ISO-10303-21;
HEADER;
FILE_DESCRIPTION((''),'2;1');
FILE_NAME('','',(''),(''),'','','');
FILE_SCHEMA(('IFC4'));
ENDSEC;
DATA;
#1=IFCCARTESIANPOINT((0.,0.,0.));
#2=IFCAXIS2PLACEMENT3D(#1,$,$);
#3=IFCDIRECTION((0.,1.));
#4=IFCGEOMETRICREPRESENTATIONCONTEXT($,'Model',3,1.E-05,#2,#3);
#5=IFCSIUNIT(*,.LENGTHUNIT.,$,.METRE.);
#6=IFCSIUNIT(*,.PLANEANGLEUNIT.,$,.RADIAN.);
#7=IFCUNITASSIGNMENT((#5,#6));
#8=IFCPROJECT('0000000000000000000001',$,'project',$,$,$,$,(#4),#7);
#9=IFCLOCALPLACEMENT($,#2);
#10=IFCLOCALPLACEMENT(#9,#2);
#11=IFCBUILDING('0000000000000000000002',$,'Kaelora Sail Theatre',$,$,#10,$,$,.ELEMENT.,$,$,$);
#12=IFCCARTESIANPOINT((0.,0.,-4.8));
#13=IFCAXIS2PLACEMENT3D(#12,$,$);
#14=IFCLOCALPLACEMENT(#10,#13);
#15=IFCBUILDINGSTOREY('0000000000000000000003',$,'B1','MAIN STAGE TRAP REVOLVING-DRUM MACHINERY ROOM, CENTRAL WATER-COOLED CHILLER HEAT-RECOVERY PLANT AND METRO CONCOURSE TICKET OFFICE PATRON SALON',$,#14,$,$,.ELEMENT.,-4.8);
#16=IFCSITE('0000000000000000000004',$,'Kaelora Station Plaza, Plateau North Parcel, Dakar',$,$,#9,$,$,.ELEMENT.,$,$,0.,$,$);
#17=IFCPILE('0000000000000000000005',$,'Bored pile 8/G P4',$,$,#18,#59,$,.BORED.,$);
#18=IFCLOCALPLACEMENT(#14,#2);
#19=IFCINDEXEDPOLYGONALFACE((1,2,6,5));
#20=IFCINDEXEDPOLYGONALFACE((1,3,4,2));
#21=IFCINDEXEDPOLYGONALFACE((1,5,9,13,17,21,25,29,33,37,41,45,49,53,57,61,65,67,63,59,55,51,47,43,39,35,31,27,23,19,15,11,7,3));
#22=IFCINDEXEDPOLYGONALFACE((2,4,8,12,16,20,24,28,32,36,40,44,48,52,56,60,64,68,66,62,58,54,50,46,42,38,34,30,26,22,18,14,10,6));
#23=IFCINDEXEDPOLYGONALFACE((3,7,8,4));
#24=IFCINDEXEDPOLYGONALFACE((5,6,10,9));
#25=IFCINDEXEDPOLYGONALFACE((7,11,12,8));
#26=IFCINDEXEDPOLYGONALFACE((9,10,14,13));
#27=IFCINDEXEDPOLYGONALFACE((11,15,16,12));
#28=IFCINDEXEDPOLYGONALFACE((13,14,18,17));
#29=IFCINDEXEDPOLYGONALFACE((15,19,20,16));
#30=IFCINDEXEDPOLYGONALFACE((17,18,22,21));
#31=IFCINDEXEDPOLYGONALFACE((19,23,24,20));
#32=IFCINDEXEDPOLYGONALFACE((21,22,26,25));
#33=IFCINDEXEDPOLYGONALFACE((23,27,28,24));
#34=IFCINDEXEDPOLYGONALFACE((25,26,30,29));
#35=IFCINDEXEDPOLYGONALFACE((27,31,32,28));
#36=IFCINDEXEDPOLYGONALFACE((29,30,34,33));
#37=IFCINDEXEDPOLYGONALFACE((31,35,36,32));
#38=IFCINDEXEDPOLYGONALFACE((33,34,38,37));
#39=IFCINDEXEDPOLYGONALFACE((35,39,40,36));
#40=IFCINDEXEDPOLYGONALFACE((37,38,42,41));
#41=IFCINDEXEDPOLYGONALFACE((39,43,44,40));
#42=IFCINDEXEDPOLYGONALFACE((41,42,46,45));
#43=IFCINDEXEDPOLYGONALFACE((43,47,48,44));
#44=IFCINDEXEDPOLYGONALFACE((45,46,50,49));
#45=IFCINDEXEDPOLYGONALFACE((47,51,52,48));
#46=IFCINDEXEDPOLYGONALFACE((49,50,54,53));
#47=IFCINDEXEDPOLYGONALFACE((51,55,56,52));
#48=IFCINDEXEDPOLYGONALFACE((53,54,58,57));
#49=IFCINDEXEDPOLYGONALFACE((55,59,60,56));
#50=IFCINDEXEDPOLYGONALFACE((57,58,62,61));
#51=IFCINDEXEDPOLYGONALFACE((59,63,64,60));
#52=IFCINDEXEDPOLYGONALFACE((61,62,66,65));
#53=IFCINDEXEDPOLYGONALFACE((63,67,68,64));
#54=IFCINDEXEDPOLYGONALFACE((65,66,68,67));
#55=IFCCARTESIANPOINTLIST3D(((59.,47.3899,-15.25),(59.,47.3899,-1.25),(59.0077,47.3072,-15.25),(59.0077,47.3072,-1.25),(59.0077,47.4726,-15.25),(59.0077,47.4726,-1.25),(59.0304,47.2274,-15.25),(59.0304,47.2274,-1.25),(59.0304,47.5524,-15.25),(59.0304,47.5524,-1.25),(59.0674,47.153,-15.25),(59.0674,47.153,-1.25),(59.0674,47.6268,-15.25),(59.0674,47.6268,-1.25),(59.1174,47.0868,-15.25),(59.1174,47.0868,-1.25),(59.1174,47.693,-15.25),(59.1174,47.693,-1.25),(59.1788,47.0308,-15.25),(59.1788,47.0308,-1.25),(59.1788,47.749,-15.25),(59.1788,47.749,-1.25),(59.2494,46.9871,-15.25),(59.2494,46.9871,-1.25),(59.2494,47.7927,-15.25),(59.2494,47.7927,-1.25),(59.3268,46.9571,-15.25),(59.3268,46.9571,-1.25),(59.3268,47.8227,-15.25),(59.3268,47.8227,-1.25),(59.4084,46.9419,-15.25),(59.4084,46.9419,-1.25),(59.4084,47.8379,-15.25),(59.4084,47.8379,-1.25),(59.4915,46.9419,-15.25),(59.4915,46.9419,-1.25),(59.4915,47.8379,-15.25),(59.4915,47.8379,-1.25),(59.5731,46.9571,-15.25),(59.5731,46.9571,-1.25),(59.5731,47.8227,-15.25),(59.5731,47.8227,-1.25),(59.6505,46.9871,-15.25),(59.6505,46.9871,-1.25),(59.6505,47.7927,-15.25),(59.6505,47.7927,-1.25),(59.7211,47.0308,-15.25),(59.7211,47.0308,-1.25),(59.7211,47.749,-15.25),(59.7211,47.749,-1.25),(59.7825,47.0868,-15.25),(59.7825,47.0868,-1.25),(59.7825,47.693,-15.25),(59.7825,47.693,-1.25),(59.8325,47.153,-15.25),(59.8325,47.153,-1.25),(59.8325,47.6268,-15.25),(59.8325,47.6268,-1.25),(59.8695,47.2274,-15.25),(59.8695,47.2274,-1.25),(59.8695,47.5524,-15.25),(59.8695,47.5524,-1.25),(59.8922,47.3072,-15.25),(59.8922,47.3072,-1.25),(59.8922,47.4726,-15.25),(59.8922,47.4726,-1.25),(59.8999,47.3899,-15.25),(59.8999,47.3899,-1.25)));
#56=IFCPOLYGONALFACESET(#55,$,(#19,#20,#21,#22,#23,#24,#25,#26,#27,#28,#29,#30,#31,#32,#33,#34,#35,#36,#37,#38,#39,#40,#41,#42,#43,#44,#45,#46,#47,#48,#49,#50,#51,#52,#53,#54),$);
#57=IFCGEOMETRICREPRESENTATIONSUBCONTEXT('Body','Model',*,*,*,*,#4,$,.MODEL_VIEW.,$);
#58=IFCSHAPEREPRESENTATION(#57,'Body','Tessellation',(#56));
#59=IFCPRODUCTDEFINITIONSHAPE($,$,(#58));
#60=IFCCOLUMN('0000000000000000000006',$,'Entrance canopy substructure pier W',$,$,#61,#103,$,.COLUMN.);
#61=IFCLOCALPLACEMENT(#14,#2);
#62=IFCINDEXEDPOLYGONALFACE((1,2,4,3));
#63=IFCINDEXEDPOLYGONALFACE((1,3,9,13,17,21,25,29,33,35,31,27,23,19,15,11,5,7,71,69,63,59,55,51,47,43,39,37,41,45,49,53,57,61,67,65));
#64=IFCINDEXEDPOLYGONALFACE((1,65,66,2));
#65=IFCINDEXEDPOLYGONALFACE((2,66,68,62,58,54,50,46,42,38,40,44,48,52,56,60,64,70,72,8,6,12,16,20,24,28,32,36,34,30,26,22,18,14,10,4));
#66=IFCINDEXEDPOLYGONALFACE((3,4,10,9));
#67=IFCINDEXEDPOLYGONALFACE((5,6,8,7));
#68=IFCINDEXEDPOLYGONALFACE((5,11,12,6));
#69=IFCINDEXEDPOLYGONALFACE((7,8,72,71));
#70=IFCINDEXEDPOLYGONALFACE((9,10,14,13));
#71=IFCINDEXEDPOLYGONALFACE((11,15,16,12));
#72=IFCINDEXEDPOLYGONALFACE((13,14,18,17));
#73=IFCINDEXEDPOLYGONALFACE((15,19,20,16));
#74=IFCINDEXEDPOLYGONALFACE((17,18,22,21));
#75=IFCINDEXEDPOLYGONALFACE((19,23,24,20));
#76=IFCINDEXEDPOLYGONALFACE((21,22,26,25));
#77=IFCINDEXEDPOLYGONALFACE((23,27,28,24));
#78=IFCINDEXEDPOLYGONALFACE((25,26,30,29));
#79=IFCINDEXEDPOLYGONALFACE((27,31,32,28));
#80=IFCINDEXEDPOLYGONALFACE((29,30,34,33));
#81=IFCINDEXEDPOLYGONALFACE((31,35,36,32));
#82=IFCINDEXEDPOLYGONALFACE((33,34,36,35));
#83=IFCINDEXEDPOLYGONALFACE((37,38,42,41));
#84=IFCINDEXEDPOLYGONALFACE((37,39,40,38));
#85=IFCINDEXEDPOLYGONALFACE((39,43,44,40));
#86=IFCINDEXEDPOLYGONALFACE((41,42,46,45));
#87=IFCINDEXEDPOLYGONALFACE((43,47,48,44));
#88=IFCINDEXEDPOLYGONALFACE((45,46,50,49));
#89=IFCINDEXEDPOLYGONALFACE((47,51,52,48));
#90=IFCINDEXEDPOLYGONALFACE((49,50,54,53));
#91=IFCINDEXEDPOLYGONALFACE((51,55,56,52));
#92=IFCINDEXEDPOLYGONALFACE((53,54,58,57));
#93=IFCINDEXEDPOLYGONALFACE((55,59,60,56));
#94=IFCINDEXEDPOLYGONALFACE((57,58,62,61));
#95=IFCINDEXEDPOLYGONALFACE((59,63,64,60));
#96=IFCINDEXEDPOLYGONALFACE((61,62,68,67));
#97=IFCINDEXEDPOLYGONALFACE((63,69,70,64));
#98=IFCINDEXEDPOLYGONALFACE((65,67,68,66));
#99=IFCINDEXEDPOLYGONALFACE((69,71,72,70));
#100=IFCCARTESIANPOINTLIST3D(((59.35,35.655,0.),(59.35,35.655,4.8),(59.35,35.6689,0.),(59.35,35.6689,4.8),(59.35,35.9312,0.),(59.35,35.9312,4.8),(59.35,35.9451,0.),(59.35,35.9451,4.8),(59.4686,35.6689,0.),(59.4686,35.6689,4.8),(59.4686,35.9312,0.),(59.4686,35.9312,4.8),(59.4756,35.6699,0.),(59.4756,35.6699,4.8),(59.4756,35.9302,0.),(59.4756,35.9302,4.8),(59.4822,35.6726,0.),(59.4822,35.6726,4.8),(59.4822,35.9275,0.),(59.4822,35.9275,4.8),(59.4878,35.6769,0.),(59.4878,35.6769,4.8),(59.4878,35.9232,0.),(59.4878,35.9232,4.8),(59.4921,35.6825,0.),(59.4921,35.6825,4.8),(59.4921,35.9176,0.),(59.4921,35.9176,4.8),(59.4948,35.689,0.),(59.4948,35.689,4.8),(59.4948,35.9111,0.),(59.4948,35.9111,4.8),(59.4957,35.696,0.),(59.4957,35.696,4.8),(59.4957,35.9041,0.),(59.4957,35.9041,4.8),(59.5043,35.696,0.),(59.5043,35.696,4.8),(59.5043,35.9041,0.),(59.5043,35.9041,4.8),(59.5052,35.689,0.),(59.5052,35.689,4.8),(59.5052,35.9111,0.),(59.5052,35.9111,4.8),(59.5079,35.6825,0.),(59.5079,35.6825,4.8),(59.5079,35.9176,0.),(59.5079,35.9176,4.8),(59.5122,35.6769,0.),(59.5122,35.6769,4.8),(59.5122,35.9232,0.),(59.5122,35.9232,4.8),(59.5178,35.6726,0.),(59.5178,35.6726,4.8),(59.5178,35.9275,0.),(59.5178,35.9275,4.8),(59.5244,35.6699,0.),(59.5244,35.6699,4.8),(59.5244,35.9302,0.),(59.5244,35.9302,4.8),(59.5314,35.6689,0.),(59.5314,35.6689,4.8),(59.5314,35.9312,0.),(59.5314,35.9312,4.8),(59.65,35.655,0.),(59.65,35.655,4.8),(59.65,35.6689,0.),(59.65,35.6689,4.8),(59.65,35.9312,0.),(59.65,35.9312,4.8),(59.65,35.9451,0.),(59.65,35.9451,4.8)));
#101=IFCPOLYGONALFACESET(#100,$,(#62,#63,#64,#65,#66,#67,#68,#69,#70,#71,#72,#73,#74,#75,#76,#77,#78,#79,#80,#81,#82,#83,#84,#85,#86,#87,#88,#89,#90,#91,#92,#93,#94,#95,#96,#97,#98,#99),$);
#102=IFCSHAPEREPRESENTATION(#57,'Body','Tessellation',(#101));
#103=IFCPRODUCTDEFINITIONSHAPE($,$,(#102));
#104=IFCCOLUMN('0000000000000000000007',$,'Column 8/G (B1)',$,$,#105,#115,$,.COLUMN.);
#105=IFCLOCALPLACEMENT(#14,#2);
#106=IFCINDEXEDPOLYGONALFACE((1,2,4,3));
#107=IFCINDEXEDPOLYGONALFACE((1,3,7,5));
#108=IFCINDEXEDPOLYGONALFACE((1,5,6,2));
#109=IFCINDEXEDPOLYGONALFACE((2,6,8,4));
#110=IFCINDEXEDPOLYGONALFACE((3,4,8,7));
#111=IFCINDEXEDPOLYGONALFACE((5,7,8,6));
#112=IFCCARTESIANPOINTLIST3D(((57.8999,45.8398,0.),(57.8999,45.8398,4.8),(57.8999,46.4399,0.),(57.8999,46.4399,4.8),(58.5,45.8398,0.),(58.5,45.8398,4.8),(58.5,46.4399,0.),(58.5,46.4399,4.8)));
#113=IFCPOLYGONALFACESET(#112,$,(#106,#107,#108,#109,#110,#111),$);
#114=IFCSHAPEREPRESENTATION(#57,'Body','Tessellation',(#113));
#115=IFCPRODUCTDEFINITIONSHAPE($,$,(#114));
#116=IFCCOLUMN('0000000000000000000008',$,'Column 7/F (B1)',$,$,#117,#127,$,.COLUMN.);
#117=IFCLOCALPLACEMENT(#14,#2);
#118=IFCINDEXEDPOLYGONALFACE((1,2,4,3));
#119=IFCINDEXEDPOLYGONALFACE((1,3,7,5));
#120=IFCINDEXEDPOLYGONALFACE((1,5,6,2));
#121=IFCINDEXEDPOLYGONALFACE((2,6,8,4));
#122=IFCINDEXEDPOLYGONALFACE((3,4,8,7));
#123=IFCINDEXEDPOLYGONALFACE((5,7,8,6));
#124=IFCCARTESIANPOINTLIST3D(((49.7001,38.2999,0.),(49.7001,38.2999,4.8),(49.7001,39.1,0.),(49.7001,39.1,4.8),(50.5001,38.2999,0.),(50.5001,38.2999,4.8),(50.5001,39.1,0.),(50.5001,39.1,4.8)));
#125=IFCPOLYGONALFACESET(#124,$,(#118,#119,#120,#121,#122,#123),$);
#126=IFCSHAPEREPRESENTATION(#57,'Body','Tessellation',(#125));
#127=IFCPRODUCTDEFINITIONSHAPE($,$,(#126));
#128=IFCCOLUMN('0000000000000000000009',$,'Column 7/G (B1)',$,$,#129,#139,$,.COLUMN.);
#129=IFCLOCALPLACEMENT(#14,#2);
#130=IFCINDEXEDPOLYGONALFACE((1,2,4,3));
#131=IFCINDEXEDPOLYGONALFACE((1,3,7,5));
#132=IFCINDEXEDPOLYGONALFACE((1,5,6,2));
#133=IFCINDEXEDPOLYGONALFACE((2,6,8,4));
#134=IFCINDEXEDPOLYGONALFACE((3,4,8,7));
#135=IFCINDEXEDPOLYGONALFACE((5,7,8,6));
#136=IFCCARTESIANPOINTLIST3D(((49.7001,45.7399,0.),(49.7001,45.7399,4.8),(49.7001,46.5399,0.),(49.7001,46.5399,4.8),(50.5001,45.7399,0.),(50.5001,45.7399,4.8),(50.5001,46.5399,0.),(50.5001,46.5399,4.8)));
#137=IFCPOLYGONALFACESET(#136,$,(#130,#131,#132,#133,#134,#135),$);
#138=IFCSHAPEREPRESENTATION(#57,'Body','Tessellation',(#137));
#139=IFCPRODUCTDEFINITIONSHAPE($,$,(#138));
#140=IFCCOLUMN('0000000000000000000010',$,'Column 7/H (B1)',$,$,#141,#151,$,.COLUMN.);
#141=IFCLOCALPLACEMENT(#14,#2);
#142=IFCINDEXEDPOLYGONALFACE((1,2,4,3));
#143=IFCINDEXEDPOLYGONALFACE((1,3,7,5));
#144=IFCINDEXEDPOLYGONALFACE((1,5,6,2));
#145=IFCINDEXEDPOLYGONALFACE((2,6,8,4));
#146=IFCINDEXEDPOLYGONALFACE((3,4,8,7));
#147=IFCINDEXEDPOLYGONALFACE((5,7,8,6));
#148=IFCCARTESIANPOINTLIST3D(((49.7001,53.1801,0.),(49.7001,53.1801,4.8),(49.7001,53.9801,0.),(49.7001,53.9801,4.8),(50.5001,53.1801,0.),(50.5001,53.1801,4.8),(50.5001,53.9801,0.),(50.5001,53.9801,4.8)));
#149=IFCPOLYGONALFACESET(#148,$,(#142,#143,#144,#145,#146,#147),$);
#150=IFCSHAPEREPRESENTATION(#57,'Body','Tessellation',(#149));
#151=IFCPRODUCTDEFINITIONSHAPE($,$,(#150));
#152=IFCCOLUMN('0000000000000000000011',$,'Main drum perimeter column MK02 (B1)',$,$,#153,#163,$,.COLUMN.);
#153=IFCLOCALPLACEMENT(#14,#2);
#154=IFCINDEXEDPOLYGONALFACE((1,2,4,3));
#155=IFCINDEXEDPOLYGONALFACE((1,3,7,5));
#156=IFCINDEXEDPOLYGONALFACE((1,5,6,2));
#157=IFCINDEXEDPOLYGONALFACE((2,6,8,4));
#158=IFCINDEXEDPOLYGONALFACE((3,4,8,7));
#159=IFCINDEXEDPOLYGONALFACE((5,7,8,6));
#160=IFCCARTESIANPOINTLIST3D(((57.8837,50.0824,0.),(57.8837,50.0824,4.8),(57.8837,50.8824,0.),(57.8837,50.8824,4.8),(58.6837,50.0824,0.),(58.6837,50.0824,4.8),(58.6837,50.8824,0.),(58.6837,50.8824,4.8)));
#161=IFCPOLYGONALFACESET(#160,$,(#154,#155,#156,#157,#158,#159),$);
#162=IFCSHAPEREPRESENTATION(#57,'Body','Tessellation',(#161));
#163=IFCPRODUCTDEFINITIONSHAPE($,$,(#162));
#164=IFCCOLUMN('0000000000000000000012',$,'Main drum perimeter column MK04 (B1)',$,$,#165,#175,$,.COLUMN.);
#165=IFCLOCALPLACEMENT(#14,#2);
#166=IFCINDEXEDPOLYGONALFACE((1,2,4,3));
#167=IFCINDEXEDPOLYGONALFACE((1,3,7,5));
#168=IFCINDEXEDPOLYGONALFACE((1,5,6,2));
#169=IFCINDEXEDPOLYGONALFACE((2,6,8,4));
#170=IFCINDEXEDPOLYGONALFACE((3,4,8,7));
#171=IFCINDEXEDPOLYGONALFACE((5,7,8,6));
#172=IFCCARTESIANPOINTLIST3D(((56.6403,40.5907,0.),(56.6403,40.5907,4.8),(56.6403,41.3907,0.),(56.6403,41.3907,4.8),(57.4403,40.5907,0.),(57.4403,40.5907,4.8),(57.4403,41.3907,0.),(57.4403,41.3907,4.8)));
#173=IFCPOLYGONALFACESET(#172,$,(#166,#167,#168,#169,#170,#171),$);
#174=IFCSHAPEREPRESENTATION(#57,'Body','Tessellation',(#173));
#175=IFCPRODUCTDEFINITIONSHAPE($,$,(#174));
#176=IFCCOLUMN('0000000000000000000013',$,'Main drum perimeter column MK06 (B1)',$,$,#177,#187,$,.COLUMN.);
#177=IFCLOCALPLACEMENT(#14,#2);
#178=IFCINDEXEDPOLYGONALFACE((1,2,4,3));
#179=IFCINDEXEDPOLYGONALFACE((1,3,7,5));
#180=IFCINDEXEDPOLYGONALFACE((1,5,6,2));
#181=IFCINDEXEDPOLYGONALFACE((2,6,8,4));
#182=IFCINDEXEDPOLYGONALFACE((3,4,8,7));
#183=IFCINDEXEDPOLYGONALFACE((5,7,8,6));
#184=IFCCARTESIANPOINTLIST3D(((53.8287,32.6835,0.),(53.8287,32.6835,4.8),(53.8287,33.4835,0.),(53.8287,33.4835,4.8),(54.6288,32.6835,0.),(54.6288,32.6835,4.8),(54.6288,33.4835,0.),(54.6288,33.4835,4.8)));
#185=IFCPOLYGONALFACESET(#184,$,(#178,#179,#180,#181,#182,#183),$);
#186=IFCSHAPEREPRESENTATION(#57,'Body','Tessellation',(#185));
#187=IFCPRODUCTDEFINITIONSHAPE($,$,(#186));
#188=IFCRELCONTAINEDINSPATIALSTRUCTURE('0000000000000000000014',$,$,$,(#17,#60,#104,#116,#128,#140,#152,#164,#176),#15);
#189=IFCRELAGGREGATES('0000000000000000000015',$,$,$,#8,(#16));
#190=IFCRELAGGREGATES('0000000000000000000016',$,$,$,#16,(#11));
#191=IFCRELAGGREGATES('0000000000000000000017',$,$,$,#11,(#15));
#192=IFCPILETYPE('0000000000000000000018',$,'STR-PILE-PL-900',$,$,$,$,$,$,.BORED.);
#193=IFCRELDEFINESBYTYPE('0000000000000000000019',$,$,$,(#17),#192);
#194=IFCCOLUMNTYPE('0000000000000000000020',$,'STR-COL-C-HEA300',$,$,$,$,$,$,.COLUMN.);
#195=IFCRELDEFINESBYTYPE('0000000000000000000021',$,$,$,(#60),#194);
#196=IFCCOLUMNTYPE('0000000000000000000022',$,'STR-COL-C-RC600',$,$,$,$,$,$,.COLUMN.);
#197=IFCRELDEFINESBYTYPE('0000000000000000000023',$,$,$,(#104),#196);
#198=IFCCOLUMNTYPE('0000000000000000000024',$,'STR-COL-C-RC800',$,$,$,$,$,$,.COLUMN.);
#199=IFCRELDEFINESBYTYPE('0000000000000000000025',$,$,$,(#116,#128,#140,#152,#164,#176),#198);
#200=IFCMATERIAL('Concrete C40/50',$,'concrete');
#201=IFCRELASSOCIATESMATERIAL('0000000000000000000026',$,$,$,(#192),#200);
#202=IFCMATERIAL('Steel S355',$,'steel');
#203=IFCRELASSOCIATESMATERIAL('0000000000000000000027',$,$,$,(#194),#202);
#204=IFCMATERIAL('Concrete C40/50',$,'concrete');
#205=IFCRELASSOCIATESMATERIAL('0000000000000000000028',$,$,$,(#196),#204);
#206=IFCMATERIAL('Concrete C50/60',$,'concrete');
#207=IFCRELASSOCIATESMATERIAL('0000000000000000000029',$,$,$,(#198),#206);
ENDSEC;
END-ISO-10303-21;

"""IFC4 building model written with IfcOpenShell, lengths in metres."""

from ifc_helpers import new_model, si_unit, direction, frame, origin, origin_2d, place, context, subcontext, project, spatial, rectangle, circle, i_section, extrude, material, material_profile, profile_set, type_object, element, save


model = new_model("IFC4")

# Units and contexts
model_context = context("Model", 3, precision=1e-05, world=origin(), true_north=direction((0.0, 1.0)))
body_context = subcontext(model_context, "Body", "Model", "MODEL_VIEW")
ifc_project = project(units=[si_unit("LENGTHUNIT", "METRE"), si_unit("PLANEANGLEUNIT", "RADIAN")], contexts=[model_context])

# Site, building, storey
site_placement = place(None, origin())
site = spatial("IfcSite", under=ifc_project, at=site_placement, Name="Kaelora Station Plaza, Plateau North Parcel, Dakar", CompositionType="ELEMENT", RefElevation=0.0)
building_placement = place(site_placement, origin())
building = spatial("IfcBuilding", under=site, at=building_placement, Name="Kaelora Sail Theatre", CompositionType="ELEMENT")
storey_placement = place(building_placement, frame((0.0, 0.0, -4.8)))
storey = spatial("IfcBuildingStorey", under=building, at=storey_placement, Name="B1", Description="MAIN STAGE TRAP REVOLVING-DRUM MACHINERY ROOM, CENTRAL WATER-COOLED CHILLER HEAT-RECOVERY PLANT AND METRO CONCOURSE TICKET OFFICE PATRON SALON", CompositionType="ELEMENT", Elevation=-4.8)

# Pile
ifc_material_1 = material(Name="Concrete C40/50", Category="concrete")
ifc_material_profile_1 = material_profile(ifc_material_1, circle(Radius=0.45, at=origin_2d()), Name="PILE D900")
ifc_profile_set_1 = profile_set([ifc_material_profile_1], Name="Concrete C40/50")
pile_type_1 = type_object("IfcPileType", Name="STR-PILE-PL-900", PredefinedType="BORED", material=ifc_profile_set_1)
for number, where, z_axis, x_axis, name in (
    (1, (59.45, 47.3899, -1.25), (0.0, 0.0, -1.0), (1.0, 0.0, 0.0), "Bored pile 8/G P4"),
):
    element("IfcPile", number, at=place(storey_placement, frame(where, z_axis=z_axis, x_axis=x_axis)), inside=storey, type_object=pile_type_1, Name=name, PredefinedType="BORED", context=body_context, shape_type="SweptSolid", body=[
        extrude(circle(Radius=0.45, at=origin_2d()), origin(), (0.0, 0.0, 1.0), 14.0),
    ])

# Columns
ifc_material_2 = material(Name="Steel S355", Category="steel")
ifc_material_profile_2 = material_profile(ifc_material_2, i_section(OverallWidth=0.3, OverallDepth=0.29, WebThickness=0.0085, FlangeThickness=0.0139, FilletRadius=0.0271, at=origin_2d()), Name="HEA 300")
ifc_profile_set_2 = profile_set([ifc_material_profile_2], Name="Steel S355")
column_type_1 = type_object("IfcColumnType", Name="STR-COL-C-HEA300", PredefinedType="COLUMN", material=ifc_profile_set_2)
column_1_placement = place(storey_placement, frame((59.5, 35.8, 0.0), z_axis=(0.0, 0.0, 1.0), x_axis=(1.0, 0.0, 0.0)))
element("IfcColumn", 2, at=column_1_placement, inside=storey, type_object=column_type_1, Name="Entrance canopy substructure pier W", PredefinedType="COLUMN", context=body_context, shape_type="SweptSolid", body=[
    extrude(i_section(OverallWidth=0.3, OverallDepth=0.29, WebThickness=0.0085, FlangeThickness=0.0139, FilletRadius=0.0271, at=origin_2d()), origin(), (0.0, 0.0, 1.0), 4.8),
])
ifc_material_3 = material(Name="Concrete C40/50", Category="concrete")
ifc_material_profile_3 = material_profile(ifc_material_3, rectangle(XDim=0.6001, YDim=0.6001, at=origin_2d()), Name="RC-COL 600x600")
ifc_profile_set_3 = profile_set([ifc_material_profile_3], Name="Concrete C40/50")
column_type_2 = type_object("IfcColumnType", Name="STR-COL-C-RC600", PredefinedType="COLUMN", material=ifc_profile_set_3)
column_2_placement = place(storey_placement, frame((58.2, 46.1399, 0.0), z_axis=(0.0, 0.0, 1.0), x_axis=(1.0, 0.0, 0.0)))
element("IfcColumn", 3, at=column_2_placement, inside=storey, type_object=column_type_2, Name="Column 8/G (B1)", PredefinedType="COLUMN", context=body_context, shape_type="SweptSolid", body=[
    extrude(rectangle(XDim=0.6001, YDim=0.6001, at=origin_2d()), origin(), (0.0, 0.0, 1.0), 4.8),
])
ifc_material_4 = material(Name="Concrete C50/60", Category="concrete")
ifc_material_profile_4 = material_profile(ifc_material_4, rectangle(XDim=0.8, YDim=0.8, at=origin_2d()), Name="RC-COL 800x800")
ifc_profile_set_4 = profile_set([ifc_material_profile_4], Name="Concrete C50/60")
column_type_3 = type_object("IfcColumnType", Name="STR-COL-C-RC800", PredefinedType="COLUMN", material=ifc_profile_set_4)
for number, where, z_axis, x_axis, name in (
    (4, (50.1001, 38.7, 0.0), (0.0, 0.0, 1.0), (1.0, 0.0, 0.0), "Column 7/F (B1)"),
    (5, (50.1001, 46.1399, 0.0), (0.0, 0.0, 1.0), (1.0, 0.0, 0.0), "Column 7/G (B1)"),
    (6, (50.1001, 53.5801, 0.0), (0.0, 0.0, 1.0), (1.0, 0.0, 0.0), "Column 7/H (B1)"),
    (7, (58.2837, 50.4824, 0.0), (0.0, 0.0, 1.0), (1.0, 0.0, 0.0), "Main drum perimeter column MK02 (B1)"),
    (8, (57.0403, 40.9907, 0.0), (0.0, 0.0, 1.0), (1.0, 0.0, 0.0), "Main drum perimeter column MK04 (B1)"),
    (9, (54.2288, 33.0835, 0.0), (0.0, 0.0, 1.0), (1.0, 0.0, 0.0), "Main drum perimeter column MK06 (B1)"),
):
    element("IfcColumn", number, at=place(storey_placement, frame(where, z_axis=z_axis, x_axis=x_axis)), inside=storey, type_object=column_type_3, Name=name, PredefinedType="COLUMN", context=body_context, shape_type="SweptSolid", body=[
        extrude(rectangle(XDim=0.8, YDim=0.8, at=origin_2d()), origin(), (0.0, 0.0, 1.0), 4.8),
    ])

save(model, "model.ifc")
